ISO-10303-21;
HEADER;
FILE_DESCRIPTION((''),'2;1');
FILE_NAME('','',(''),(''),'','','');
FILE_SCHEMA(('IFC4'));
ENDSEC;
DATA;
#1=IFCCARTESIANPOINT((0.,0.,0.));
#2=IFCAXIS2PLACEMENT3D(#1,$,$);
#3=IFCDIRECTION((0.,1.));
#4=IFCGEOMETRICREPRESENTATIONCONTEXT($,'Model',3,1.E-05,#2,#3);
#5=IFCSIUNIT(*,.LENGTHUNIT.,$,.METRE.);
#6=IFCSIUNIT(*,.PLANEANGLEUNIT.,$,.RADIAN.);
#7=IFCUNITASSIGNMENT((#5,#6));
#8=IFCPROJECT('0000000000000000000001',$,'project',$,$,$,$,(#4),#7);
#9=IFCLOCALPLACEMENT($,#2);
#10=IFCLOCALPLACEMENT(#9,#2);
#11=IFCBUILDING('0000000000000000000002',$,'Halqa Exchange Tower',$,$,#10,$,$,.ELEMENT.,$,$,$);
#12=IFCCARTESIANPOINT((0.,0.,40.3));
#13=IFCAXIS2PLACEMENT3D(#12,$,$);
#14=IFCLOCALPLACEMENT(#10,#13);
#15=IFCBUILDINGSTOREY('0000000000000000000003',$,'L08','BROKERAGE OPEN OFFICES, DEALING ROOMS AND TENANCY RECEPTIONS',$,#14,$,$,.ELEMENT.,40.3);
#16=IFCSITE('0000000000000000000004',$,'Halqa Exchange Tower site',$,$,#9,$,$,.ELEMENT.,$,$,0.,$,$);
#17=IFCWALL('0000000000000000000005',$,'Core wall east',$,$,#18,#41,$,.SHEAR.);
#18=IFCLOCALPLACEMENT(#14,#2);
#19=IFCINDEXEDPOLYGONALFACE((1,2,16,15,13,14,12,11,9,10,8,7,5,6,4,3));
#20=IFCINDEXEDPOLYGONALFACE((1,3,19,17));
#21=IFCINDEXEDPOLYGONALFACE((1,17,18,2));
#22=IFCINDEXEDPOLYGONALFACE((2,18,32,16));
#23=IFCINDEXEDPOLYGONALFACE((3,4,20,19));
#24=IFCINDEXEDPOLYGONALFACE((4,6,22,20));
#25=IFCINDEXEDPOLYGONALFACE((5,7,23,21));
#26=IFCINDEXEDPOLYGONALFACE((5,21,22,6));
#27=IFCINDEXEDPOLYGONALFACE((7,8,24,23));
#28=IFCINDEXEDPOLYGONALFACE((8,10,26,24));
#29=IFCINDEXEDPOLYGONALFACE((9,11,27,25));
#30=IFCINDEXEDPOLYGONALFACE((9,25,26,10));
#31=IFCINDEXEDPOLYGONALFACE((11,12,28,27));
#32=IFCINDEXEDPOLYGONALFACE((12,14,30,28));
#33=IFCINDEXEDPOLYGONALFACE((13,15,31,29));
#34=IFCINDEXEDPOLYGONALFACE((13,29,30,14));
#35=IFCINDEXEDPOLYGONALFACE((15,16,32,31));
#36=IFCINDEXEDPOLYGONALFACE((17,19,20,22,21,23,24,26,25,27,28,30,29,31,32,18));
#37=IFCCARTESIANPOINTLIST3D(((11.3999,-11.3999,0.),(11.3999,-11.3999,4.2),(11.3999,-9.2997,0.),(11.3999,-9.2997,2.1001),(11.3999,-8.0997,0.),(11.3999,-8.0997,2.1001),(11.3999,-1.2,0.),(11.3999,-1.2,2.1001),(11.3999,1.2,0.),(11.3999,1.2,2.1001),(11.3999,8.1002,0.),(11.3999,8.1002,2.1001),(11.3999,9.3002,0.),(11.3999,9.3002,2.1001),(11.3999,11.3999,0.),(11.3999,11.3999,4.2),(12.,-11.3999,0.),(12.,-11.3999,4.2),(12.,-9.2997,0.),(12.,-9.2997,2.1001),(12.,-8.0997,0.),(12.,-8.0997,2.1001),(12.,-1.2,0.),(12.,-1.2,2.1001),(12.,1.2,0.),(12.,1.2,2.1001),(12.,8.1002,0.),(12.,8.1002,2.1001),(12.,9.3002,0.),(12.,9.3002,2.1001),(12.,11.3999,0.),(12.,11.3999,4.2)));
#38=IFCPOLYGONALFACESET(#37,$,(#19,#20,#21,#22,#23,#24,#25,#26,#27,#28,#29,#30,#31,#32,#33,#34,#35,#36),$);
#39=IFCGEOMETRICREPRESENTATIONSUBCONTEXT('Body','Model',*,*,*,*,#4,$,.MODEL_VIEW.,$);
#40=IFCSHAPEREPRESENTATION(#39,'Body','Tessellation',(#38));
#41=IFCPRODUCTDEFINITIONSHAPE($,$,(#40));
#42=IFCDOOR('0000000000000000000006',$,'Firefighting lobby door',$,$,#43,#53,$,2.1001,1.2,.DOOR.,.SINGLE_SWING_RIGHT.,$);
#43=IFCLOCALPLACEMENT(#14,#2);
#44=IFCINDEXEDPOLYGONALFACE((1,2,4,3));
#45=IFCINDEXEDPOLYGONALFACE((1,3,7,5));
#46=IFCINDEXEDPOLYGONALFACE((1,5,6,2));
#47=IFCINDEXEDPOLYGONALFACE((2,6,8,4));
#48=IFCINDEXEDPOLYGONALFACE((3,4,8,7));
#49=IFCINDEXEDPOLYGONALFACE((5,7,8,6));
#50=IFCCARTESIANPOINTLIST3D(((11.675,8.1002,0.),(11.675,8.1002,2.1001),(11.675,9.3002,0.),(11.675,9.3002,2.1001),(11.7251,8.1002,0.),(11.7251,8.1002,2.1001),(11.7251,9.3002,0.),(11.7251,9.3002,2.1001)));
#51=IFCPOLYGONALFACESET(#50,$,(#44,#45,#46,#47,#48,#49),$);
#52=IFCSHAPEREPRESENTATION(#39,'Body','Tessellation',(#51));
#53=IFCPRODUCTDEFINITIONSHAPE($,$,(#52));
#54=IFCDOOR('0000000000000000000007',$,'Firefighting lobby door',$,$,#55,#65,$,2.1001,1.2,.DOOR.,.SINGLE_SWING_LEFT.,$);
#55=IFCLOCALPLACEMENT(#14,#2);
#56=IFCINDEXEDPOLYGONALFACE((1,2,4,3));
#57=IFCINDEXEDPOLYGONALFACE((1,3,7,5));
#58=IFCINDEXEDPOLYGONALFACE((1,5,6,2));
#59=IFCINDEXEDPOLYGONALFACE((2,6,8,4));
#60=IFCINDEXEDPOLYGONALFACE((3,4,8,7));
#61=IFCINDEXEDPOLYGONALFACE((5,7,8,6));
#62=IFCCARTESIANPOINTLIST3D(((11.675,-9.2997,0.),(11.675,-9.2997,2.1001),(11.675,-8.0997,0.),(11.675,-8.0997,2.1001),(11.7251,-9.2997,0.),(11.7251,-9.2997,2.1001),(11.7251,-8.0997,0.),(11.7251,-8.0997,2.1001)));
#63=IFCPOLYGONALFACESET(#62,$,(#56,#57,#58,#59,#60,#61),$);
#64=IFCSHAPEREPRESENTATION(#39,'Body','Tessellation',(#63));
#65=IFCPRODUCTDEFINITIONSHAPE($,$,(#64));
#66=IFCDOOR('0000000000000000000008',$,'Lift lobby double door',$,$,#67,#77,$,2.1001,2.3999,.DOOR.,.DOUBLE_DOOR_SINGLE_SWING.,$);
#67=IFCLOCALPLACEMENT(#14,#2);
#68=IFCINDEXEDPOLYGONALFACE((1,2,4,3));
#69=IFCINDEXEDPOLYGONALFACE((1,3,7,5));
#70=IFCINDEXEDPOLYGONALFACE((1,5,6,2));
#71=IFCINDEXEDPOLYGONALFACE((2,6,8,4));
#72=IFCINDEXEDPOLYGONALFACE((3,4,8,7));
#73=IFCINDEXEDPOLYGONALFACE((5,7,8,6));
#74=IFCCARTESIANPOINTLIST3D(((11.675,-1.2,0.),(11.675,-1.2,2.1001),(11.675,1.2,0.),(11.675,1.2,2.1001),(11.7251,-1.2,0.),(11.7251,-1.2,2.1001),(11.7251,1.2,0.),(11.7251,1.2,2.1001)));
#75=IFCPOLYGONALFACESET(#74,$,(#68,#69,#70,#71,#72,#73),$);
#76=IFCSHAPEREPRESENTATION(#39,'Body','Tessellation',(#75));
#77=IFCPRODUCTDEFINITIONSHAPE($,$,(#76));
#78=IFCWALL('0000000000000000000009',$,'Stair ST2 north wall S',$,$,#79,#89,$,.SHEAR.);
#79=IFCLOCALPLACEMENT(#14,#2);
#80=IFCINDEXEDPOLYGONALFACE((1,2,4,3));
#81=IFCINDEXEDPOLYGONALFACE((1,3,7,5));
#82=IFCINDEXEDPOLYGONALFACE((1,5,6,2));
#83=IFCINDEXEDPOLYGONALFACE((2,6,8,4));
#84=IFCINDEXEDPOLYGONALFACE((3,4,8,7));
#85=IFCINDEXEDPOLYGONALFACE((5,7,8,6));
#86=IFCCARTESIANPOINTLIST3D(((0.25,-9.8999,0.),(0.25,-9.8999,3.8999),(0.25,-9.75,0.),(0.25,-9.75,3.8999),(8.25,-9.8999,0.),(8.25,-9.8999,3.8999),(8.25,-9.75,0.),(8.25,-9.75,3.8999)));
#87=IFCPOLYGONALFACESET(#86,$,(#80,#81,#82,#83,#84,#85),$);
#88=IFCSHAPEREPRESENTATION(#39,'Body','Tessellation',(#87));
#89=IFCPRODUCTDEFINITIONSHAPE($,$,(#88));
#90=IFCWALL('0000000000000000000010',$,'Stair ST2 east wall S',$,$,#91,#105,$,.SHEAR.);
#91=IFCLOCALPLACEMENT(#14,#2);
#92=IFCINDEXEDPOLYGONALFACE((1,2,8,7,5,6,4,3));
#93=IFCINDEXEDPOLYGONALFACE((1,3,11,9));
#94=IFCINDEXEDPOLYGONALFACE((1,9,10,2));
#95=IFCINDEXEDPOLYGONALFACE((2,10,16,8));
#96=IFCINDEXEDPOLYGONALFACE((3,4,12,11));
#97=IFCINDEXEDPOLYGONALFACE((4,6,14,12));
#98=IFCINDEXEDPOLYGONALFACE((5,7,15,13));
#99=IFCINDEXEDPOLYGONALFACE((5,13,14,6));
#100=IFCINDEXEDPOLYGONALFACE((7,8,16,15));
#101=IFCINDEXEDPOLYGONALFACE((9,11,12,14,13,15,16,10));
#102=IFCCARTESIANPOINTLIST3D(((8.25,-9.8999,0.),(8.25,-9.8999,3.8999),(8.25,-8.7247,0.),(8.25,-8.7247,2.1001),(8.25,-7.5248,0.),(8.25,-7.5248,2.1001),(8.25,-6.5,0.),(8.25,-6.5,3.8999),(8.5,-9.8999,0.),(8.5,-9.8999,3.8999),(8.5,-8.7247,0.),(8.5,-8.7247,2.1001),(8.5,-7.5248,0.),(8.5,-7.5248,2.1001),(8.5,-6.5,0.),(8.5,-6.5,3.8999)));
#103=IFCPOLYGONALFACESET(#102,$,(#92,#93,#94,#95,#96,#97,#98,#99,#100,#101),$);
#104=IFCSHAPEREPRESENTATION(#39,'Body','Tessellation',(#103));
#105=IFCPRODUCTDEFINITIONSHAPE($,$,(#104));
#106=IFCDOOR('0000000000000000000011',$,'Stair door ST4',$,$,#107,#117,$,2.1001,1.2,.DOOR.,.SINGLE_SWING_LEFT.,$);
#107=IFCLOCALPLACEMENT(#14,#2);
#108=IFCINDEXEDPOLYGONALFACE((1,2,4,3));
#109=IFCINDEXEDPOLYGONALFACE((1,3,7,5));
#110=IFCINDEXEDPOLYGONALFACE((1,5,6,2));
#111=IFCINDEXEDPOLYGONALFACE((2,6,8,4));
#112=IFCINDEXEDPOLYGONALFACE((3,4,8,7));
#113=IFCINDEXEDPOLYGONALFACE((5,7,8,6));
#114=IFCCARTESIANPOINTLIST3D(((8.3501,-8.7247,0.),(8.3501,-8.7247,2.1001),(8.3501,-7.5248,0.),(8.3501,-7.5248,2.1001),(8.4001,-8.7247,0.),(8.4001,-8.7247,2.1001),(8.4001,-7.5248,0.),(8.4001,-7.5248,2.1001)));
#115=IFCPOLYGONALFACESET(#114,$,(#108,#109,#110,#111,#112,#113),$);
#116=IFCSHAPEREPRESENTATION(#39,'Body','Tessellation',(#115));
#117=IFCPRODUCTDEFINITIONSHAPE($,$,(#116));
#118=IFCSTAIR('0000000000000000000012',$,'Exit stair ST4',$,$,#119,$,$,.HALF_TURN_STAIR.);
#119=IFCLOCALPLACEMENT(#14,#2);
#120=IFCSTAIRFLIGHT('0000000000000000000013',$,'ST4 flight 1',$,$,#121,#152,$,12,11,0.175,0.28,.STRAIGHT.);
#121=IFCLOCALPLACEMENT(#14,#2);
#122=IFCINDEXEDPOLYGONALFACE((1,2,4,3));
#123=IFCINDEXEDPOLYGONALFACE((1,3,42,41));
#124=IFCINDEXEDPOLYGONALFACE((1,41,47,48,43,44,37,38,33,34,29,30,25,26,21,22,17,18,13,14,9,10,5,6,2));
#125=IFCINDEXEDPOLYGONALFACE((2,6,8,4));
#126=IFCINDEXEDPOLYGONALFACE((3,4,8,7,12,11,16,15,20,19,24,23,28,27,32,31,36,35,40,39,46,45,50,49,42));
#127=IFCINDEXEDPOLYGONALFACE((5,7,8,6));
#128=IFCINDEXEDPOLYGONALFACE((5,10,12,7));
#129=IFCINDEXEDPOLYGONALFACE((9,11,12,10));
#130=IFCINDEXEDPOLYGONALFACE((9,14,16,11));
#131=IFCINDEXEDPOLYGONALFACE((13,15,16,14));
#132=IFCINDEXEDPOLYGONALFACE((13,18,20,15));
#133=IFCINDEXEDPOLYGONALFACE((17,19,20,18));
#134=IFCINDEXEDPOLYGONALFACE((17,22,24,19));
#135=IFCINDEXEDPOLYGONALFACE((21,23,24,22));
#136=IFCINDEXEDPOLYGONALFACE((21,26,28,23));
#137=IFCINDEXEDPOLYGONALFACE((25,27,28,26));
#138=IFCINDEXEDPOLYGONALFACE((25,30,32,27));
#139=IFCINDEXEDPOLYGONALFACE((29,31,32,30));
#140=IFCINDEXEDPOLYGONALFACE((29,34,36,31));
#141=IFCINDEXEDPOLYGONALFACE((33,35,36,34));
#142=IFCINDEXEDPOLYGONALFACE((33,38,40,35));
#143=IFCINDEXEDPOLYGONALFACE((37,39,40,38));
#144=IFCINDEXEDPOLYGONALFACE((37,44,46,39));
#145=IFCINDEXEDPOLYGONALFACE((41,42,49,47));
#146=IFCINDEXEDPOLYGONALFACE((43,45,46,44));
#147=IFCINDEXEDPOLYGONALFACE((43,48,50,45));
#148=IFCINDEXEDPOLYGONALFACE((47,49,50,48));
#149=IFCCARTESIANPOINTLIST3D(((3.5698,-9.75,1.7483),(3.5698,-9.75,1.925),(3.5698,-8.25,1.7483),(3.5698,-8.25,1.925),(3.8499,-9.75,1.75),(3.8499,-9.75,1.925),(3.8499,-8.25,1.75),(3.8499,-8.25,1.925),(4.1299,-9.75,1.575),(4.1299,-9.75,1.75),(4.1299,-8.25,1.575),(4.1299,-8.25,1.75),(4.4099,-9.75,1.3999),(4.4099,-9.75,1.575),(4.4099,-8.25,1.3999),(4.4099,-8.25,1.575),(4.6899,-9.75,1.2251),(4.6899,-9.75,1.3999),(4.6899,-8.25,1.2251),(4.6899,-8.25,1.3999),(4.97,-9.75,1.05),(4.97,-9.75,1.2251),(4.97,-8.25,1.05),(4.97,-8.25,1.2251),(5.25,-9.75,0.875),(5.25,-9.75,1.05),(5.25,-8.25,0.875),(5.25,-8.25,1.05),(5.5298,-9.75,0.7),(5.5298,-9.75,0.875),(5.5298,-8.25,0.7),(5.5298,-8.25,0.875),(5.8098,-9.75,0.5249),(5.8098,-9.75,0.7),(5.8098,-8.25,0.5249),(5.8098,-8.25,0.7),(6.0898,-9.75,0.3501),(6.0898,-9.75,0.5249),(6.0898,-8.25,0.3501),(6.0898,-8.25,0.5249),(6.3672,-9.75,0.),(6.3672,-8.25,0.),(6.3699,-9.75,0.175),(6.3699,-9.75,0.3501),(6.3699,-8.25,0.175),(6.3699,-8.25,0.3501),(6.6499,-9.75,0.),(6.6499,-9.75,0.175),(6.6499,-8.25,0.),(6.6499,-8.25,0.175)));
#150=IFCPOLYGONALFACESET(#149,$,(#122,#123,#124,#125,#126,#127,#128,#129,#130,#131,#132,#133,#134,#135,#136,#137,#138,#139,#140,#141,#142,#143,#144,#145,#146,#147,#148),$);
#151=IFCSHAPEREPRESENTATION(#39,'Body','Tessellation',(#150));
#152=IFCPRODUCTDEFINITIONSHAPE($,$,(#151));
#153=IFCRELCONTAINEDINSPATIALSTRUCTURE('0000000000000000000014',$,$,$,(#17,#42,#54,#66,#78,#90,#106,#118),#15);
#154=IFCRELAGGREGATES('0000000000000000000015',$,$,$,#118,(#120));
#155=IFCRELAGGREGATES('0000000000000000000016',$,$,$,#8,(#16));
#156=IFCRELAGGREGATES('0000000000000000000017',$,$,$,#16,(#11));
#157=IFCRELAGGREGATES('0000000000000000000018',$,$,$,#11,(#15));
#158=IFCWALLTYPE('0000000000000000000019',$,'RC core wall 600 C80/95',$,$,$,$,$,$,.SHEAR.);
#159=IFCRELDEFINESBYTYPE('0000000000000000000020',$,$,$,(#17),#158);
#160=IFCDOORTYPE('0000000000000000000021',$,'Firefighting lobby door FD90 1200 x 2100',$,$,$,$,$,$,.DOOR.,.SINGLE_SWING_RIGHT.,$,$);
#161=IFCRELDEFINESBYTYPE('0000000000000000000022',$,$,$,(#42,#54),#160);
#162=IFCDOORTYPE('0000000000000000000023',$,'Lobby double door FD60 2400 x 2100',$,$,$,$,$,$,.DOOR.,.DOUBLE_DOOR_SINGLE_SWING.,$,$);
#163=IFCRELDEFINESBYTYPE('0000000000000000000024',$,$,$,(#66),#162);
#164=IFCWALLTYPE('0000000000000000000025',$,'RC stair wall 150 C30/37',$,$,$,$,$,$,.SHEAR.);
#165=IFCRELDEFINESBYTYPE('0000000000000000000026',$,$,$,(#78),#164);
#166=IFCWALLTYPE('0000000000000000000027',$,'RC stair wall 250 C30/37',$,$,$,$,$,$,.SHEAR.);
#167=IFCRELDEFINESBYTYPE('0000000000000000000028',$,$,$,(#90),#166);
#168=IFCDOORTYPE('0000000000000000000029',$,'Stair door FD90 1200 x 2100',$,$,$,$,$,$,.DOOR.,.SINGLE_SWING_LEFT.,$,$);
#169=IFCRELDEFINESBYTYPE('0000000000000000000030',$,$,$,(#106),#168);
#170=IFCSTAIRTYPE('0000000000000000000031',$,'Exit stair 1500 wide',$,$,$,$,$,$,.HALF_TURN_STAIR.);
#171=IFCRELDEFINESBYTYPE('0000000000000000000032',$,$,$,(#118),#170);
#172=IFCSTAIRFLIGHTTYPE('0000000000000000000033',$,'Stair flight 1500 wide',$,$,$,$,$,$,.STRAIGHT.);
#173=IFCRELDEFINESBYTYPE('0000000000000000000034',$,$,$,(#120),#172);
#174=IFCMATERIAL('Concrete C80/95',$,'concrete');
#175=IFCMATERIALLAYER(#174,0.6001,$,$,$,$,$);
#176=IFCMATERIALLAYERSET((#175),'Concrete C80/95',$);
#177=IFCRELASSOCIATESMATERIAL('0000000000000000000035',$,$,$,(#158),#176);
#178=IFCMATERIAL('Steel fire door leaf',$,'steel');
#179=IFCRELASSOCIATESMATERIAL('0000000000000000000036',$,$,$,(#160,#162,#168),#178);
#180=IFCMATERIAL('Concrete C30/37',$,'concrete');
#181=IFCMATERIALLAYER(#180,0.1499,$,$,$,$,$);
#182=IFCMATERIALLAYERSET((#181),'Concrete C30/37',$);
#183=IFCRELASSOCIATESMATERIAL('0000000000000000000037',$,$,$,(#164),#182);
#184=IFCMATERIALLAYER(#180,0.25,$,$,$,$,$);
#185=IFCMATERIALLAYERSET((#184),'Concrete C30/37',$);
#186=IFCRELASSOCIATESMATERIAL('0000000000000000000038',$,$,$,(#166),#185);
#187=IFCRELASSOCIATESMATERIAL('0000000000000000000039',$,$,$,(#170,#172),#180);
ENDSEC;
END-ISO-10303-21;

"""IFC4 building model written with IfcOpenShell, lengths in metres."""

from ifc_helpers import new_model, si_unit, direction, frame, frame_2d, origin, place, context, subcontext, project, spatial, polyline, rectangle, outline, extrude, material, layer, layer_set, type_object, element, fill, aggregate, save


model = new_model("IFC4")

# Units and contexts
model_context = context("Model", 3, precision=1e-05, world=origin(), true_north=direction((0.0, 1.0)))
body_context = subcontext(model_context, "Body", "Model", "MODEL_VIEW")
ifc_project = project(units=[si_unit("LENGTHUNIT", "METRE"), si_unit("PLANEANGLEUNIT", "RADIAN")], contexts=[model_context])

# Site, building, storey
site_placement = place(None, origin())
site = spatial("IfcSite", under=ifc_project, at=site_placement, Name="Halqa Exchange Tower site", CompositionType="ELEMENT", RefElevation=0.0)
building_placement = place(site_placement, origin())
building = spatial("IfcBuilding", under=site, at=building_placement, Name="Halqa Exchange Tower", CompositionType="ELEMENT")
storey_placement = place(building_placement, frame((0.0, 0.0, 40.3)))
storey = spatial("IfcBuildingStorey", under=building, at=storey_placement, Name="L08", Description="BROKERAGE OPEN OFFICES, DEALING ROOMS AND TENANCY RECEPTIONS", CompositionType="ELEMENT", Elevation=40.3)

# Wall, openings, doors
ifc_material_1 = material(Name="Concrete C80/95", Category="concrete")
ifc_layer_1 = layer(ifc_material_1, 0.6001)
ifc_layer_set_1 = layer_set([ifc_layer_1], Name="Concrete C80/95")
wall_type_1 = type_object("IfcWallType", Name="RC core wall 600 C80/95", PredefinedType="SHEAR", material=ifc_layer_set_1)
wall_1_placement = place(storey_placement, frame((11.7, -11.3999, 0.0), z_axis=(0.0, 0.0, 1.0), x_axis=(0.0, 1.0, 0.0)))
wall_1 = element("IfcWall", 1, at=wall_1_placement, inside=storey, type_object=wall_type_1, Name="Core wall east", PredefinedType="SHEAR", context=body_context, shape_type="SweptSolid", body=[
    extrude(rectangle(XDim=22.7998, YDim=0.6001, at=frame_2d((11.3999, 0.0))), origin(), (0.0, 0.0, 1.0), 4.2),
])
opening_1_placement = place(wall_1_placement, frame((10.2, 0.0, 0.0)))
opening_1 = element("IfcOpeningElement", 2, at=opening_1_placement, cuts=wall_1, PredefinedType="OPENING", context=body_context, shape_type="SweptSolid", body=[
    extrude(rectangle(XDim=2.3999, YDim=2.1001, at=frame_2d((1.2, 1.05))), frame((0.0, 0.312, 0.0), z_axis=(0.0, -1.0, 0.0), x_axis=(1.0, 0.0, 0.0)), (0.0, 0.0, 1.0), 0.624),
])
opening_2_placement = place(wall_1_placement, frame((19.5, 0.0, 0.0)))
opening_2 = element("IfcOpeningElement", 3, at=opening_2_placement, cuts=wall_1, PredefinedType="OPENING", context=body_context, shape_type="SweptSolid", body=[
    extrude(rectangle(XDim=1.2, YDim=2.1001, at=frame_2d((0.6001, 1.05))), frame((0.0, 0.312, 0.0), z_axis=(0.0, -1.0, 0.0), x_axis=(1.0, 0.0, 0.0)), (0.0, 0.0, 1.0), 0.624),
])
opening_3_placement = place(wall_1_placement, frame((2.1001, 0.0, 0.0)))
opening_3 = element("IfcOpeningElement", 4, at=opening_3_placement, cuts=wall_1, PredefinedType="OPENING", context=body_context, shape_type="SweptSolid", body=[
    extrude(rectangle(XDim=1.2, YDim=2.1001, at=frame_2d((0.6001, 1.05))), frame((0.0, 0.312, 0.0), z_axis=(0.0, -1.0, 0.0), x_axis=(1.0, 0.0, 0.0)), (0.0, 0.0, 1.0), 0.624),
])
ifc_material_2 = material(Name="Steel fire door leaf", Category="steel")
door_type_1 = type_object("IfcDoorType", Name="Firefighting lobby door FD90 1200 x 2100", OperationType="SINGLE_SWING_RIGHT", PredefinedType="DOOR", material=ifc_material_2)
door_1_placement = place(opening_2_placement, origin())
door_1 = element("IfcDoor", 5, at=door_1_placement, inside=storey, type_object=door_type_1, Name="Firefighting lobby door", OperationType="SINGLE_SWING_RIGHT", OverallHeight=2.1001, OverallWidth=1.2, PredefinedType="DOOR", context=body_context, shape_type="SweptSolid", body=[
    extrude(rectangle(XDim=1.2, YDim=2.1001, at=frame_2d((0.6001, 1.05))), frame((0.0, 0.0249, 0.0), z_axis=(0.0, -1.0, 0.0), x_axis=(1.0, 0.0, 0.0)), (0.0, 0.0, 1.0), 0.05),
])
fill(opening_2, door_1)
door_2_placement = place(opening_3_placement, origin())
door_2 = element("IfcDoor", 6, at=door_2_placement, inside=storey, type_object=door_type_1, Name="Firefighting lobby door", OperationType="SINGLE_SWING_LEFT", OverallHeight=2.1001, OverallWidth=1.2, PredefinedType="DOOR", context=body_context, shape_type="SweptSolid", body=[
    extrude(rectangle(XDim=1.2, YDim=2.1001, at=frame_2d((0.6001, 1.05))), frame((0.0, 0.0249, 0.0), z_axis=(0.0, -1.0, 0.0), x_axis=(1.0, 0.0, 0.0)), (0.0, 0.0, 1.0), 0.05),
])
fill(opening_3, door_2)
door_type_2 = type_object("IfcDoorType", Name="Lobby double door FD60 2400 x 2100", OperationType="DOUBLE_DOOR_SINGLE_SWING", PredefinedType="DOOR", material=ifc_material_2)
door_3_placement = place(opening_1_placement, origin())
door_3 = element("IfcDoor", 7, at=door_3_placement, inside=storey, type_object=door_type_2, Name="Lift lobby double door", OperationType="DOUBLE_DOOR_SINGLE_SWING", OverallHeight=2.1001, OverallWidth=2.3999, PredefinedType="DOOR", context=body_context, shape_type="SweptSolid", body=[
    extrude(rectangle(XDim=2.3999, YDim=2.1001, at=frame_2d((1.2, 1.05))), frame((0.0, 0.0249, 0.0), z_axis=(0.0, -1.0, 0.0), x_axis=(1.0, 0.0, 0.0)), (0.0, 0.0, 1.0), 0.05),
])
fill(opening_1, door_3)

# Wall
ifc_material_3 = material(Name="Concrete C30/37", Category="concrete")
ifc_layer_2 = layer(ifc_material_3, 0.1499)
ifc_layer_set_2 = layer_set([ifc_layer_2], Name="Concrete C30/37")
wall_type_2 = type_object("IfcWallType", Name="RC stair wall 150 C30/37", PredefinedType="SHEAR", material=ifc_layer_set_2)
wall_2_placement = place(storey_placement, frame((0.25, -9.825, 0.0), z_axis=(0.0, 0.0, 1.0), x_axis=(1.0, 0.0, 0.0)))
element("IfcWall", 8, at=wall_2_placement, inside=storey, type_object=wall_type_2, Name="Stair ST2 north wall S", PredefinedType="SHEAR", context=body_context, shape_type="SweptSolid", body=[
    extrude(rectangle(XDim=8.0, YDim=0.1499, at=frame_2d((4.0, 0.0))), origin(), (0.0, 0.0, 1.0), 3.8999),
])

# Wall, opening, door
ifc_layer_3 = layer(ifc_material_3, 0.25)
ifc_layer_set_3 = layer_set([ifc_layer_3], Name="Concrete C30/37")
wall_type_3 = type_object("IfcWallType", Name="RC stair wall 250 C30/37", PredefinedType="SHEAR", material=ifc_layer_set_3)
wall_3_placement = place(storey_placement, frame((8.375, -9.8999, 0.0), z_axis=(0.0, 0.0, 1.0), x_axis=(0.0, 1.0, 0.0)))
wall_3 = element("IfcWall", 9, at=wall_3_placement, inside=storey, type_object=wall_type_3, Name="Stair ST2 east wall S", PredefinedType="SHEAR", context=body_context, shape_type="SweptSolid", body=[
    extrude(rectangle(XDim=3.3999, YDim=0.25, at=frame_2d((1.7, 0.0))), origin(), (0.0, 0.0, 1.0), 3.8999),
])
opening_4_placement = place(wall_3_placement, frame((1.175, 0.0, 0.0)))
opening_4 = element("IfcOpeningElement", 10, at=opening_4_placement, cuts=wall_3, PredefinedType="OPENING", context=body_context, shape_type="SweptSolid", body=[
    extrude(rectangle(XDim=1.2, YDim=2.1001, at=frame_2d((0.6001, 1.05))), frame((0.0, 0.137, 0.0), z_axis=(0.0, -1.0, 0.0), x_axis=(1.0, 0.0, 0.0)), (0.0, 0.0, 1.0), 0.2739),
])
door_type_3 = type_object("IfcDoorType", Name="Stair door FD90 1200 x 2100", OperationType="SINGLE_SWING_LEFT", PredefinedType="DOOR", material=ifc_material_2)
door_4_placement = place(opening_4_placement, origin())
door_4 = element("IfcDoor", 11, at=door_4_placement, inside=storey, type_object=door_type_3, Name="Stair door ST4", OperationType="SINGLE_SWING_LEFT", OverallHeight=2.1001, OverallWidth=1.2, PredefinedType="DOOR", context=body_context, shape_type="SweptSolid", body=[
    extrude(rectangle(XDim=1.2, YDim=2.1001, at=frame_2d((0.6001, 1.05))), frame((0.0, 0.0249, 0.0), z_axis=(0.0, -1.0, 0.0), x_axis=(1.0, 0.0, 0.0)), (0.0, 0.0, 1.0), 0.05),
])
fill(opening_4, door_4)

# Stair, stair flight
stair_type = type_object("IfcStairType", Name="Exit stair 1500 wide", PredefinedType="HALF_TURN_STAIR", material=ifc_material_3)
stair_placement = place(storey_placement, origin())
stair = element("IfcStair", 12, at=stair_placement, inside=storey, type_object=stair_type, Name="Exit stair ST4", PredefinedType="HALF_TURN_STAIR")
stair_flight_type = type_object("IfcStairFlightType", Name="Stair flight 1500 wide", PredefinedType="STRAIGHT", material=ifc_material_3)
stair_flight_1_placement = place(storey_placement, frame((6.6499, -9.0, 0.0), z_axis=(0.0, 0.0, 1.0), x_axis=(-1.0, 0.0, 0.0)))
stair_flight_1 = element("IfcStairFlight", 13, at=stair_flight_1_placement, type_object=stair_flight_type, Name="ST4 flight 1", NumberOfRisers=12, NumberOfTreads=11, PredefinedType="STRAIGHT", RiserHeight=0.175, TreadLength=0.28, context=body_context, shape_type="SweptSolid", body=[
    extrude(outline(polyline([(0.0, 0.0), (0.0, 0.175), (0.28, 0.175), (0.28, 0.3501), (0.5601, 0.3501), (0.5601, 0.5249), (0.8401, 0.5249), (0.8401, 0.7), (1.1201, 0.7), (1.1201, 0.875), (1.3999, 0.875), (1.3999, 1.05), (1.6799, 1.05), (1.6799, 1.2251), (1.96, 1.2251), (1.96, 1.3999), (2.24, 1.3999), (2.24, 1.575), (2.52, 1.575), (2.52, 1.75), (2.8, 1.75), (2.8, 1.925), (3.0801, 1.925), (3.0801, 2.1001), (3.0801, 1.7483), (0.2827, 0.0), (0.0, 0.0)])), frame((0.0, 0.75, 0.0), z_axis=(0.0, -1.0, 0.0), x_axis=(1.0, 0.0, 0.0)), (0.0, 0.0, 1.0), 1.5),
])
aggregate(stair, [stair_flight_1])

save(model, "model.ifc")
